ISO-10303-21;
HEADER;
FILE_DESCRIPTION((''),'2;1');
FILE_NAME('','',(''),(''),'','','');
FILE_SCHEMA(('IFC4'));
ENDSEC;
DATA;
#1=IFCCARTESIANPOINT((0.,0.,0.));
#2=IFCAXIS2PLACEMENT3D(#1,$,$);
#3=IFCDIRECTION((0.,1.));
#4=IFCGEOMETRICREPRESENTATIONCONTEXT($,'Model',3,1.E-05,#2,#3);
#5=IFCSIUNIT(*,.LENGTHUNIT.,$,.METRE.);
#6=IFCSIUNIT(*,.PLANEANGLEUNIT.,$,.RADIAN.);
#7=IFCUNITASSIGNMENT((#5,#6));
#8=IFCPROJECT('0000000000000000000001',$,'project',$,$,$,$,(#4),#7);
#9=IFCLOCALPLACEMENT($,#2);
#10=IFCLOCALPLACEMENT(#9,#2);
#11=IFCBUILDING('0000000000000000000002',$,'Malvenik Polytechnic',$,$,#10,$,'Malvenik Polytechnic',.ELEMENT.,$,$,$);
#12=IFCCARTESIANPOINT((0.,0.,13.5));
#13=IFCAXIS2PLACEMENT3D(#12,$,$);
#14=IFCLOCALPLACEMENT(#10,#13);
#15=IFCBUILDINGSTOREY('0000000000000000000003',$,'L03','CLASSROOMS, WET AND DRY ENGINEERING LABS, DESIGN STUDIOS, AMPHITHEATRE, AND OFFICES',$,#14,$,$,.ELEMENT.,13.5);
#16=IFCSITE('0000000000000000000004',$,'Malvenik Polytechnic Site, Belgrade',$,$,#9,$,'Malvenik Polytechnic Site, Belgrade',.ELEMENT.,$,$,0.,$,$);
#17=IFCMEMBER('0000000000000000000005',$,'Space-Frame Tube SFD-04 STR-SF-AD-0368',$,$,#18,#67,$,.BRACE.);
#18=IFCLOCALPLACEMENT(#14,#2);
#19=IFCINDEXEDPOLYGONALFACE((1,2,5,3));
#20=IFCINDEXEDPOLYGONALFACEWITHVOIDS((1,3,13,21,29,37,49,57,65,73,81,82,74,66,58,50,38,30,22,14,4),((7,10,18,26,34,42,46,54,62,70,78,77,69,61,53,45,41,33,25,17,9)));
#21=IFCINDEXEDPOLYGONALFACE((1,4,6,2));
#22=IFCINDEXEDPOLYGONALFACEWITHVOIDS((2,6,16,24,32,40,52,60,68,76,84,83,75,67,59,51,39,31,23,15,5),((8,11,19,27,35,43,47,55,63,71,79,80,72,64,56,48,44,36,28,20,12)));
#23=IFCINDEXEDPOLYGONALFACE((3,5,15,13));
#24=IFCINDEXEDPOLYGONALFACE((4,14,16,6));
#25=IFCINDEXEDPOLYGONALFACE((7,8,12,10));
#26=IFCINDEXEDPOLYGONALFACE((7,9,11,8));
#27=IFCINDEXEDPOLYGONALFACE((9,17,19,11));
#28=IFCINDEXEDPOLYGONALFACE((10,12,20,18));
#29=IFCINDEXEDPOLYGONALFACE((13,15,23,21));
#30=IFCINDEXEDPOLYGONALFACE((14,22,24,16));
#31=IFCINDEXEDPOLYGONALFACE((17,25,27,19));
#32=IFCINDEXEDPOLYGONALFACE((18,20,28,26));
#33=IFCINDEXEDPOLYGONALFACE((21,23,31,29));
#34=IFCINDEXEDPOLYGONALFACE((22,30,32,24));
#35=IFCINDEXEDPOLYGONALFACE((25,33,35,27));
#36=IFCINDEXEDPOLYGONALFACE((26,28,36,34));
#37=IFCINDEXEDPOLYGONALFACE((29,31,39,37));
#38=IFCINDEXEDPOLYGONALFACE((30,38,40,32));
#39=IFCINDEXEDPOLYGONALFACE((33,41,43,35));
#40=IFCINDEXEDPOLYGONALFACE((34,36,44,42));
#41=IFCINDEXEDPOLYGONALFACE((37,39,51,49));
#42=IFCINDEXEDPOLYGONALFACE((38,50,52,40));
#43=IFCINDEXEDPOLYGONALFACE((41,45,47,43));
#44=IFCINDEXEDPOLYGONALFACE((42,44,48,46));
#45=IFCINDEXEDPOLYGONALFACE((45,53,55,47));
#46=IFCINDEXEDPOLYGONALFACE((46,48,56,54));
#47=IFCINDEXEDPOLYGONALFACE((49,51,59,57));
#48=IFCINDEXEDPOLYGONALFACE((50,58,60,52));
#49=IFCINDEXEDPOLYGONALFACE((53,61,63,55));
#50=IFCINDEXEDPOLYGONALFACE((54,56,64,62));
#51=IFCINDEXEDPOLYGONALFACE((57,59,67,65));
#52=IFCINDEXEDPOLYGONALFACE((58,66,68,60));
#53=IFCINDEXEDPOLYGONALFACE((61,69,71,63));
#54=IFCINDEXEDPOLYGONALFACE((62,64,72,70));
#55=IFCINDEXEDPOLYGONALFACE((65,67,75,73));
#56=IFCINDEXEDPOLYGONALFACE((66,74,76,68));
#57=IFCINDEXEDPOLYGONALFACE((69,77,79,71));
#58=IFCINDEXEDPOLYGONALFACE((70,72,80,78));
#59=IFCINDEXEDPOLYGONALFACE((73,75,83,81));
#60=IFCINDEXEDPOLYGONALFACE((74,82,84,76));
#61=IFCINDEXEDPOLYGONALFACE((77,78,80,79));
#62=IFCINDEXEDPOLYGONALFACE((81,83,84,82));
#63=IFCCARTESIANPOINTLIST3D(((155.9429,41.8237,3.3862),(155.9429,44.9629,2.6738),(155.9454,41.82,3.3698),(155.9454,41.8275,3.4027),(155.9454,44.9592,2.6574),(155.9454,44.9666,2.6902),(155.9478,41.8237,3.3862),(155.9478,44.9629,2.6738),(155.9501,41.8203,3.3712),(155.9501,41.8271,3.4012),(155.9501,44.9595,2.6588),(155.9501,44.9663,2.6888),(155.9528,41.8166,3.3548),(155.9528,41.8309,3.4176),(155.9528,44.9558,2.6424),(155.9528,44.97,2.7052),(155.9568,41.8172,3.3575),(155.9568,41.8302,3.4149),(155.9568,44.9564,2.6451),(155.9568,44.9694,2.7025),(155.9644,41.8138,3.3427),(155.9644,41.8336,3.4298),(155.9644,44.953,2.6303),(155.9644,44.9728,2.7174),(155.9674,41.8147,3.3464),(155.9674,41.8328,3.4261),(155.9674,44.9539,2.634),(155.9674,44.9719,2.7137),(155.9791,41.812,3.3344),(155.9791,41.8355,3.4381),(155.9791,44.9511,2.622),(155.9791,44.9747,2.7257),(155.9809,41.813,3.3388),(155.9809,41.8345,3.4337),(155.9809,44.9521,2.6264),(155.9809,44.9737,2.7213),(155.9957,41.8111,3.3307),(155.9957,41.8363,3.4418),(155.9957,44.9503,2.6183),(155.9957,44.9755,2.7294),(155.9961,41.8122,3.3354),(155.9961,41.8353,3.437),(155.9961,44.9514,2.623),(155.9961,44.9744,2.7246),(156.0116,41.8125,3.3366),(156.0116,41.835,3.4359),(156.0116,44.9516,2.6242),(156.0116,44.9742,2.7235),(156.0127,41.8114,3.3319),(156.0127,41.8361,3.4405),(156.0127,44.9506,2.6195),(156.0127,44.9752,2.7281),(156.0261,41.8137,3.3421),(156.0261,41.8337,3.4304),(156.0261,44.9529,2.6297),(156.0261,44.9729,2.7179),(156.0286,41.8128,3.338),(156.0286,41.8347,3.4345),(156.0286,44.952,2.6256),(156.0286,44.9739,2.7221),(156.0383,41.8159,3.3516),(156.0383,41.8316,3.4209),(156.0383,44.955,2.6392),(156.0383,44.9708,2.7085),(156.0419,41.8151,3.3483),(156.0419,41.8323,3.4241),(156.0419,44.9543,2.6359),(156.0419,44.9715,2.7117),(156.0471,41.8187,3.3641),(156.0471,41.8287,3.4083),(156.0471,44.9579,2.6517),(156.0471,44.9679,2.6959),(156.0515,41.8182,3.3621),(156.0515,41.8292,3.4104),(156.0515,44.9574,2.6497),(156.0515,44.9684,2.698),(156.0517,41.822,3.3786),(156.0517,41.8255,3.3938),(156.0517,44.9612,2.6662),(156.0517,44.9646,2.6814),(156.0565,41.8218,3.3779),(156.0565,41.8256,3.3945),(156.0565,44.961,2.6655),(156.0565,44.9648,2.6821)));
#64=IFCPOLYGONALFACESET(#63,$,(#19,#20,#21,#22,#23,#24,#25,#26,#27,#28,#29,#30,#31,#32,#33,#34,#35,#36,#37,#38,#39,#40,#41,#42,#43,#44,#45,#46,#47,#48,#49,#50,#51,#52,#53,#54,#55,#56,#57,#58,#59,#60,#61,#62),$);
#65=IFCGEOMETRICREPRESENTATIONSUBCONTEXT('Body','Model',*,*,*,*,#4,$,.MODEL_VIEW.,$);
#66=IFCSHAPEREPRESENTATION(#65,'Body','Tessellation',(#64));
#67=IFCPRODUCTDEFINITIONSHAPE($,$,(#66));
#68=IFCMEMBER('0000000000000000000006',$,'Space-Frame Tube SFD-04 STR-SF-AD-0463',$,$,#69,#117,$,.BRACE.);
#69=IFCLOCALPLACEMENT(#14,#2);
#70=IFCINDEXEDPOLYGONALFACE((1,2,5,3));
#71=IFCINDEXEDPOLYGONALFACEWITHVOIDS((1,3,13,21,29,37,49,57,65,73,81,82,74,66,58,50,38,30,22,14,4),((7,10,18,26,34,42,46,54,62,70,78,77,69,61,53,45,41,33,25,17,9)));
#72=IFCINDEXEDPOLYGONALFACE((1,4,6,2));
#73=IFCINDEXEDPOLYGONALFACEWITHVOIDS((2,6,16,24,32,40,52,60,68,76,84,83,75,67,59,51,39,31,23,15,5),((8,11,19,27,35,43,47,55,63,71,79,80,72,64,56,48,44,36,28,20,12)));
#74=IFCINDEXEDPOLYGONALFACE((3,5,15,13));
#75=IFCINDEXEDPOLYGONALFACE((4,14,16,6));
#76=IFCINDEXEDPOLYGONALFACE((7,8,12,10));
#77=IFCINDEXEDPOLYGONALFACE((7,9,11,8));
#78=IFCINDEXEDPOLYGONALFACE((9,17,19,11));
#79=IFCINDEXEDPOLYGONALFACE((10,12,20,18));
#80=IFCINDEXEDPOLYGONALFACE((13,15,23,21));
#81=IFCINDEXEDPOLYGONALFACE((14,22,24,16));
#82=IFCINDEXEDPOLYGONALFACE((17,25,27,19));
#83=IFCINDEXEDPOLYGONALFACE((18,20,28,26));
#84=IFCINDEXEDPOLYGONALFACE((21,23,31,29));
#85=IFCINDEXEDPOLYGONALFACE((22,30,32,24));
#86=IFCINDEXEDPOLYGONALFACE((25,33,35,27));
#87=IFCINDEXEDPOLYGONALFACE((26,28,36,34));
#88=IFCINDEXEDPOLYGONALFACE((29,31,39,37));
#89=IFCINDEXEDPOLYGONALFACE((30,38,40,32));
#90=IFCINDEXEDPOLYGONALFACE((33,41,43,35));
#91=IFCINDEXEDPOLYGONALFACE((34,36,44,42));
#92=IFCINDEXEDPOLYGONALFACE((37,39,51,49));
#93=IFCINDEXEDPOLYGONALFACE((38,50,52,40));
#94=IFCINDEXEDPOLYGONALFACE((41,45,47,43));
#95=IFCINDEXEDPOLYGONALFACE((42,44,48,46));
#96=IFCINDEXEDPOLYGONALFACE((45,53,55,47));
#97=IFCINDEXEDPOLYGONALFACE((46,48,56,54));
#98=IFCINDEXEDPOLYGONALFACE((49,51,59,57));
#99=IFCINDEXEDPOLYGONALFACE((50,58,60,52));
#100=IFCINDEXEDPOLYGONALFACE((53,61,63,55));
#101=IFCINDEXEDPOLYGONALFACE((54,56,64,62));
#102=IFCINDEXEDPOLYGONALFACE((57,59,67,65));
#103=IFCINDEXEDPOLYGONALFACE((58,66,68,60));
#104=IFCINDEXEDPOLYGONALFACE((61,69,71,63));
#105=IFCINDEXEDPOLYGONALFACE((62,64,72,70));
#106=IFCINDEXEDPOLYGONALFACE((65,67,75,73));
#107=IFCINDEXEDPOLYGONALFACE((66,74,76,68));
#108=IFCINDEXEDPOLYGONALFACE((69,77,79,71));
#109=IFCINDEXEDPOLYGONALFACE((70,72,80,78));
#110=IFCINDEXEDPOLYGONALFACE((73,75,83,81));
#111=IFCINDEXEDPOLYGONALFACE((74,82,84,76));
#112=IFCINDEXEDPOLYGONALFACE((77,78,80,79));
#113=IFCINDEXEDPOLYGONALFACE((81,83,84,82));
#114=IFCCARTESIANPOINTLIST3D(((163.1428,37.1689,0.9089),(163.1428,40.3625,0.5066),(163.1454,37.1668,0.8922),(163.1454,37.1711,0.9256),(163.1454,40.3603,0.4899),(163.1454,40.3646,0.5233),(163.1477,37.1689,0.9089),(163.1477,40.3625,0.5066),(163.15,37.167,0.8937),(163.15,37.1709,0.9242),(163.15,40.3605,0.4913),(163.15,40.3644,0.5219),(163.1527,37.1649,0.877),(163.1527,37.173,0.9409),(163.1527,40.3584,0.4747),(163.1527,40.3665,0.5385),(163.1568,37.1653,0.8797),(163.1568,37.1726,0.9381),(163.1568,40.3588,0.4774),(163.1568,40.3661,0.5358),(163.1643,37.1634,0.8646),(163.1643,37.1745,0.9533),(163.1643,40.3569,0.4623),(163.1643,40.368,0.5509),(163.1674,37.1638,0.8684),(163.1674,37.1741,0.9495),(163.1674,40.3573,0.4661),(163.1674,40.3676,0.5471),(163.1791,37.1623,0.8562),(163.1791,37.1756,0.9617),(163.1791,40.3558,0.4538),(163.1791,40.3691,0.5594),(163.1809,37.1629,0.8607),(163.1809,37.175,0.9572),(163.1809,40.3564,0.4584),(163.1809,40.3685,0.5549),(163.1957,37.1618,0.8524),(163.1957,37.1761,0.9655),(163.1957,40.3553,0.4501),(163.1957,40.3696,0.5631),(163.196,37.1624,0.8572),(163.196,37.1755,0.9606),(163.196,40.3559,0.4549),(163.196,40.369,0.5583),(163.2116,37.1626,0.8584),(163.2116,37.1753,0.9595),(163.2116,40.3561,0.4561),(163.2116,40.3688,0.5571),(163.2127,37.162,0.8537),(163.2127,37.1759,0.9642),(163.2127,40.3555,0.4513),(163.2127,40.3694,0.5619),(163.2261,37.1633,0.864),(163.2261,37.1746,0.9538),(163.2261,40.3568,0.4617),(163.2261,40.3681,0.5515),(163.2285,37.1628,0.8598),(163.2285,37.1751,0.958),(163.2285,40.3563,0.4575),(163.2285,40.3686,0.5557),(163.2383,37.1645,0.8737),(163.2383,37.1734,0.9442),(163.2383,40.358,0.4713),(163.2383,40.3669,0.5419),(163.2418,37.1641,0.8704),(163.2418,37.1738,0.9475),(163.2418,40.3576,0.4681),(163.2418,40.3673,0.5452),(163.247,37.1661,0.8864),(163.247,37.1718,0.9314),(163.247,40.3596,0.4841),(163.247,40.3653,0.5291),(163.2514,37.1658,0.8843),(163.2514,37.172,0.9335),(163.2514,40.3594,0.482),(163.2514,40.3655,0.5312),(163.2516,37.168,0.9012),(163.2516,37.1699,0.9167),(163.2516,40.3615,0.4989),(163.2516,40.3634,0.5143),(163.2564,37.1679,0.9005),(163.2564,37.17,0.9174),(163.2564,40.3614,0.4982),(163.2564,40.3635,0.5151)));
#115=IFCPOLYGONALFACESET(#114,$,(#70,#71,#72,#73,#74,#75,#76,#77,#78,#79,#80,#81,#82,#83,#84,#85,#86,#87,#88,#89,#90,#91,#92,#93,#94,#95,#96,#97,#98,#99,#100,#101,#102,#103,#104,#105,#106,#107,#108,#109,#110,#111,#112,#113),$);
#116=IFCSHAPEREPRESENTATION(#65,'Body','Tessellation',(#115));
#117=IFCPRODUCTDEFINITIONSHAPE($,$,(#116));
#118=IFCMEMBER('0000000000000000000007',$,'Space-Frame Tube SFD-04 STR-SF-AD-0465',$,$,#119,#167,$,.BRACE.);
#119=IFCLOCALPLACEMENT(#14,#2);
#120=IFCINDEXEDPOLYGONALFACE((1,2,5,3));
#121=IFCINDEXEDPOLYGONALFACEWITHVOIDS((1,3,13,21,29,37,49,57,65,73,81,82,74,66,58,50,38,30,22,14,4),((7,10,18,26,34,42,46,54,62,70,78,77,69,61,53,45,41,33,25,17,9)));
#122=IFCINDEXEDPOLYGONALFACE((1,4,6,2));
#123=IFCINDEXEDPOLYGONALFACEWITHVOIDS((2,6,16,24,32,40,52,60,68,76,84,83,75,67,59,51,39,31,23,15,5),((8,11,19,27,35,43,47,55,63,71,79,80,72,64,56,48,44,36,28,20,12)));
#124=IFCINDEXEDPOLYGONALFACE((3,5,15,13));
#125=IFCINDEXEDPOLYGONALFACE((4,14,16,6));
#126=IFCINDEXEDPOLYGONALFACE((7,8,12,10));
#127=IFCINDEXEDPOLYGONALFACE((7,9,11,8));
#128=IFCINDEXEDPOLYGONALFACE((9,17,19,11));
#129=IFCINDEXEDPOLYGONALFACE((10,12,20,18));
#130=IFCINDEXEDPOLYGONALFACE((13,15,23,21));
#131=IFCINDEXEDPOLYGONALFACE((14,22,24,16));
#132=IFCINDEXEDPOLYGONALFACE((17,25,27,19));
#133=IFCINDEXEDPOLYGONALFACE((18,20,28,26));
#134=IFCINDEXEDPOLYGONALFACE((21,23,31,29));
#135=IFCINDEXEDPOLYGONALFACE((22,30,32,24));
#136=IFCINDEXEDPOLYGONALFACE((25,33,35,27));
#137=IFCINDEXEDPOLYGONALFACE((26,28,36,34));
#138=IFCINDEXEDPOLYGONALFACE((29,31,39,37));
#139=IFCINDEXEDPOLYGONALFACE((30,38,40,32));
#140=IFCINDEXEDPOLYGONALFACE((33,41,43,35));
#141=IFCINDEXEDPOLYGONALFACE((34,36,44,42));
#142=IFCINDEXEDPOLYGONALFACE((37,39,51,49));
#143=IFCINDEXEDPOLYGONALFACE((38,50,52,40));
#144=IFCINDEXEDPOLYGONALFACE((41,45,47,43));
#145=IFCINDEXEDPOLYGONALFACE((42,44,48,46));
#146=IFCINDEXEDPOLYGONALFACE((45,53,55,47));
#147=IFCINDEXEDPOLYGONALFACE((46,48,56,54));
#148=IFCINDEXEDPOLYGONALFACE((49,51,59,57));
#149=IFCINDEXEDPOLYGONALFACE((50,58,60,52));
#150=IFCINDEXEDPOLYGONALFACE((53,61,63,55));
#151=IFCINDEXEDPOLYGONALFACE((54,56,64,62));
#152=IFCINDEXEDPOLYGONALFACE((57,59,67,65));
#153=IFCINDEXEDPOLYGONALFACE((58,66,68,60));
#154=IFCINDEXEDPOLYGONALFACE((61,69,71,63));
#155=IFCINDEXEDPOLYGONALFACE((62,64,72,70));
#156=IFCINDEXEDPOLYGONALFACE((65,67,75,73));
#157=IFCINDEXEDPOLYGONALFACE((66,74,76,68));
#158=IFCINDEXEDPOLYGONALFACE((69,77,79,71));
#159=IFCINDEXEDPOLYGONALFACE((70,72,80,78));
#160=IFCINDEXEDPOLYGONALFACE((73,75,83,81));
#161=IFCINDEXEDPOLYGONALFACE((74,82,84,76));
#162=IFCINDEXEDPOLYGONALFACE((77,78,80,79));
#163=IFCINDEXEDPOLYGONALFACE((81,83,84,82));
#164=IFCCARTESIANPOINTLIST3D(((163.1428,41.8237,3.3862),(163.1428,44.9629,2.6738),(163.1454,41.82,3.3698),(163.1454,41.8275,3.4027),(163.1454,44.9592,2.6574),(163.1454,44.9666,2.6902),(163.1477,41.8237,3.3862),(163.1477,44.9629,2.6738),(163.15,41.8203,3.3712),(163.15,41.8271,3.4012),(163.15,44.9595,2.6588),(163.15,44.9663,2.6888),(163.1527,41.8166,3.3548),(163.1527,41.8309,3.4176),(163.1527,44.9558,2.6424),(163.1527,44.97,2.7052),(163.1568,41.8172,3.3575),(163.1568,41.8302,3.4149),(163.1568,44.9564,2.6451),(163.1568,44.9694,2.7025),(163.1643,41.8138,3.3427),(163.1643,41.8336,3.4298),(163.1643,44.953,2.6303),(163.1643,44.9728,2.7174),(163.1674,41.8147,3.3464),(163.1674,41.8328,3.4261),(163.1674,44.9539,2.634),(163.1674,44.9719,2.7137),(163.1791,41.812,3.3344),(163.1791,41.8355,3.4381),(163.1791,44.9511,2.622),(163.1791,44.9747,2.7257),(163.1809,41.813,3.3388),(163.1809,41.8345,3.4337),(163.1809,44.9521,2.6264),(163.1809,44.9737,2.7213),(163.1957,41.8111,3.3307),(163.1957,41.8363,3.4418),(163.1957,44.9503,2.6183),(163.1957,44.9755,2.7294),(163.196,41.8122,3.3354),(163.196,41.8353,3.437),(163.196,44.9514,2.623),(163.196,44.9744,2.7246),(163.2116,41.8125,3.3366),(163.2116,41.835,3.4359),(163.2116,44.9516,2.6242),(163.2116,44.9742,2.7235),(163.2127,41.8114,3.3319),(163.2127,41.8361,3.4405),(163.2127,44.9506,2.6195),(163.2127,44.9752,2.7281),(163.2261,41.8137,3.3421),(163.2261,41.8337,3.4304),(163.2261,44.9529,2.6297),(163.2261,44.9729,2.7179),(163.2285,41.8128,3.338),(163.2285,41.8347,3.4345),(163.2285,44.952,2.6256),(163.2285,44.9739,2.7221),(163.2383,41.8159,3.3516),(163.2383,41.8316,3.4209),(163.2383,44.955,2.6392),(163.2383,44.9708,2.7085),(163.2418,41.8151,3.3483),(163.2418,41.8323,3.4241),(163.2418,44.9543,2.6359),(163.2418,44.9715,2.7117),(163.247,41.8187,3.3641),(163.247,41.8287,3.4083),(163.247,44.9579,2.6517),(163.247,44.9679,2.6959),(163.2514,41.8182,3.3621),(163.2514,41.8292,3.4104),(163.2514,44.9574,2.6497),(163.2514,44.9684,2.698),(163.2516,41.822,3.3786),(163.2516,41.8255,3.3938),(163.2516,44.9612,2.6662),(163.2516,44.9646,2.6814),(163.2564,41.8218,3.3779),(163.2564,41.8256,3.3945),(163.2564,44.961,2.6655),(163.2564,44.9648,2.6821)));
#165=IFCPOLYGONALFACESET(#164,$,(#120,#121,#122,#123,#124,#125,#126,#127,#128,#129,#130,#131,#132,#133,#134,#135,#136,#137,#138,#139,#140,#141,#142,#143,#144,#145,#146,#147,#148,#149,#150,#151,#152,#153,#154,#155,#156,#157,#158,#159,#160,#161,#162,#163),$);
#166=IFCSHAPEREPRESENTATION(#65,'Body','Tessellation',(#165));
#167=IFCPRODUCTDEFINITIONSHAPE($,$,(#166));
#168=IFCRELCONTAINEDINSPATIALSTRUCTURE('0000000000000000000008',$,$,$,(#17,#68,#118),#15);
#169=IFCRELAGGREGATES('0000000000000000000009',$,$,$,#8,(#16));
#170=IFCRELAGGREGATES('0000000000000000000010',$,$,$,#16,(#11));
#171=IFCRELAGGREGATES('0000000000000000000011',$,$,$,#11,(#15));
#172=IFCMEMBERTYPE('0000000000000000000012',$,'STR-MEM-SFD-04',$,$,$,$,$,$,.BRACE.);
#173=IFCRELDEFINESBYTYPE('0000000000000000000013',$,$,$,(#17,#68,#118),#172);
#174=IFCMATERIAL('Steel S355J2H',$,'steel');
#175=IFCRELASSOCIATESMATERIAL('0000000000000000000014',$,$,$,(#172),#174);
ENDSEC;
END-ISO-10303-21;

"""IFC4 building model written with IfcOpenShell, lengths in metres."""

from ifc_helpers import new_model, si_unit, direction, frame, origin, origin_2d, place, context, subcontext, project, spatial, hollow_circle, extrude, material, material_profile, profile_set, type_object, element, save


model = new_model("IFC4")

# Units and contexts
model_context = context("Model", 3, precision=1e-05, world=origin(), true_north=direction((0.0, 1.0)))
body_context = subcontext(model_context, "Body", "Model", "MODEL_VIEW")
ifc_project = project(units=[si_unit("LENGTHUNIT", "METRE"), si_unit("PLANEANGLEUNIT", "RADIAN")], contexts=[model_context])

# Site, building, storey
site_placement = place(None, origin())
site = spatial("IfcSite", under=ifc_project, at=site_placement, Name="Malvenik Polytechnic Site, Belgrade", LongName="Malvenik Polytechnic Site, Belgrade", CompositionType="ELEMENT", RefElevation=0.0)
building_placement = place(site_placement, origin())
building = spatial("IfcBuilding", under=site, at=building_placement, Name="Malvenik Polytechnic", LongName="Malvenik Polytechnic", CompositionType="ELEMENT")
storey_placement = place(building_placement, frame((0.0, 0.0, 13.5)))
storey = spatial("IfcBuildingStorey", under=building, at=storey_placement, Name="L03", Description="CLASSROOMS, WET AND DRY ENGINEERING LABS, DESIGN STUDIOS, AMPHITHEATRE, AND OFFICES", CompositionType="ELEMENT", Elevation=13.5)

# Members
ifc_material_1 = material(Name="Steel S355J2H", Category="steel")
ifc_material_profile_1 = material_profile(ifc_material_1, hollow_circle(Radius=0.0571, WallThickness=0.0049, at=origin_2d()), Name="CHS 114.3x5.0")
ifc_profile_set_1 = profile_set([ifc_material_profile_1], Name="Steel S355J2H")
member_type_1 = type_object("IfcMemberType", Name="STR-MEM-SFD-04", PredefinedType="BRACE", material=ifc_profile_set_1)
member_1_placement = place(storey_placement, frame((156.0, 41.8237, 3.3862), z_axis=(0.0, 0.975203, -0.221313), x_axis=(-1.0, 0.0, 0.0)))
element("IfcMember", 1, at=member_1_placement, inside=storey, type_object=member_type_1, Name="Space-Frame Tube SFD-04 STR-SF-AD-0368", PredefinedType="BRACE", context=body_context, shape_type="SweptSolid", body=[
    extrude(hollow_circle(Radius=0.0571, WallThickness=0.0049, at=origin_2d()), origin(), (0.0, 0.0, 1.0), 3.219),
])
member_2_placement = place(storey_placement, frame((163.2, 37.1689, 0.9089), z_axis=(0.0, 0.992157, -0.124996), x_axis=(-1.0, 0.0, 0.0)))
element("IfcMember", 2, at=member_2_placement, inside=storey, type_object=member_type_1, Name="Space-Frame Tube SFD-04 STR-SF-AD-0463", PredefinedType="BRACE", context=body_context, shape_type="SweptSolid", body=[
    extrude(hollow_circle(Radius=0.0571, WallThickness=0.0049, at=origin_2d()), origin(), (0.0, 0.0, 1.0), 3.2188),
])
member_3_placement = place(storey_placement, frame((163.2, 41.8237, 3.3862), z_axis=(0.0, 0.975203, -0.221313), x_axis=(-1.0, 0.0, 0.0)))
element("IfcMember", 3, at=member_3_placement, inside=storey, type_object=member_type_1, Name="Space-Frame Tube SFD-04 STR-SF-AD-0465", PredefinedType="BRACE", context=body_context, shape_type="SweptSolid", body=[
    extrude(hollow_circle(Radius=0.0571, WallThickness=0.0049, at=origin_2d()), origin(), (0.0, 0.0, 1.0), 3.219),
])

save(model, "model.ifc")
